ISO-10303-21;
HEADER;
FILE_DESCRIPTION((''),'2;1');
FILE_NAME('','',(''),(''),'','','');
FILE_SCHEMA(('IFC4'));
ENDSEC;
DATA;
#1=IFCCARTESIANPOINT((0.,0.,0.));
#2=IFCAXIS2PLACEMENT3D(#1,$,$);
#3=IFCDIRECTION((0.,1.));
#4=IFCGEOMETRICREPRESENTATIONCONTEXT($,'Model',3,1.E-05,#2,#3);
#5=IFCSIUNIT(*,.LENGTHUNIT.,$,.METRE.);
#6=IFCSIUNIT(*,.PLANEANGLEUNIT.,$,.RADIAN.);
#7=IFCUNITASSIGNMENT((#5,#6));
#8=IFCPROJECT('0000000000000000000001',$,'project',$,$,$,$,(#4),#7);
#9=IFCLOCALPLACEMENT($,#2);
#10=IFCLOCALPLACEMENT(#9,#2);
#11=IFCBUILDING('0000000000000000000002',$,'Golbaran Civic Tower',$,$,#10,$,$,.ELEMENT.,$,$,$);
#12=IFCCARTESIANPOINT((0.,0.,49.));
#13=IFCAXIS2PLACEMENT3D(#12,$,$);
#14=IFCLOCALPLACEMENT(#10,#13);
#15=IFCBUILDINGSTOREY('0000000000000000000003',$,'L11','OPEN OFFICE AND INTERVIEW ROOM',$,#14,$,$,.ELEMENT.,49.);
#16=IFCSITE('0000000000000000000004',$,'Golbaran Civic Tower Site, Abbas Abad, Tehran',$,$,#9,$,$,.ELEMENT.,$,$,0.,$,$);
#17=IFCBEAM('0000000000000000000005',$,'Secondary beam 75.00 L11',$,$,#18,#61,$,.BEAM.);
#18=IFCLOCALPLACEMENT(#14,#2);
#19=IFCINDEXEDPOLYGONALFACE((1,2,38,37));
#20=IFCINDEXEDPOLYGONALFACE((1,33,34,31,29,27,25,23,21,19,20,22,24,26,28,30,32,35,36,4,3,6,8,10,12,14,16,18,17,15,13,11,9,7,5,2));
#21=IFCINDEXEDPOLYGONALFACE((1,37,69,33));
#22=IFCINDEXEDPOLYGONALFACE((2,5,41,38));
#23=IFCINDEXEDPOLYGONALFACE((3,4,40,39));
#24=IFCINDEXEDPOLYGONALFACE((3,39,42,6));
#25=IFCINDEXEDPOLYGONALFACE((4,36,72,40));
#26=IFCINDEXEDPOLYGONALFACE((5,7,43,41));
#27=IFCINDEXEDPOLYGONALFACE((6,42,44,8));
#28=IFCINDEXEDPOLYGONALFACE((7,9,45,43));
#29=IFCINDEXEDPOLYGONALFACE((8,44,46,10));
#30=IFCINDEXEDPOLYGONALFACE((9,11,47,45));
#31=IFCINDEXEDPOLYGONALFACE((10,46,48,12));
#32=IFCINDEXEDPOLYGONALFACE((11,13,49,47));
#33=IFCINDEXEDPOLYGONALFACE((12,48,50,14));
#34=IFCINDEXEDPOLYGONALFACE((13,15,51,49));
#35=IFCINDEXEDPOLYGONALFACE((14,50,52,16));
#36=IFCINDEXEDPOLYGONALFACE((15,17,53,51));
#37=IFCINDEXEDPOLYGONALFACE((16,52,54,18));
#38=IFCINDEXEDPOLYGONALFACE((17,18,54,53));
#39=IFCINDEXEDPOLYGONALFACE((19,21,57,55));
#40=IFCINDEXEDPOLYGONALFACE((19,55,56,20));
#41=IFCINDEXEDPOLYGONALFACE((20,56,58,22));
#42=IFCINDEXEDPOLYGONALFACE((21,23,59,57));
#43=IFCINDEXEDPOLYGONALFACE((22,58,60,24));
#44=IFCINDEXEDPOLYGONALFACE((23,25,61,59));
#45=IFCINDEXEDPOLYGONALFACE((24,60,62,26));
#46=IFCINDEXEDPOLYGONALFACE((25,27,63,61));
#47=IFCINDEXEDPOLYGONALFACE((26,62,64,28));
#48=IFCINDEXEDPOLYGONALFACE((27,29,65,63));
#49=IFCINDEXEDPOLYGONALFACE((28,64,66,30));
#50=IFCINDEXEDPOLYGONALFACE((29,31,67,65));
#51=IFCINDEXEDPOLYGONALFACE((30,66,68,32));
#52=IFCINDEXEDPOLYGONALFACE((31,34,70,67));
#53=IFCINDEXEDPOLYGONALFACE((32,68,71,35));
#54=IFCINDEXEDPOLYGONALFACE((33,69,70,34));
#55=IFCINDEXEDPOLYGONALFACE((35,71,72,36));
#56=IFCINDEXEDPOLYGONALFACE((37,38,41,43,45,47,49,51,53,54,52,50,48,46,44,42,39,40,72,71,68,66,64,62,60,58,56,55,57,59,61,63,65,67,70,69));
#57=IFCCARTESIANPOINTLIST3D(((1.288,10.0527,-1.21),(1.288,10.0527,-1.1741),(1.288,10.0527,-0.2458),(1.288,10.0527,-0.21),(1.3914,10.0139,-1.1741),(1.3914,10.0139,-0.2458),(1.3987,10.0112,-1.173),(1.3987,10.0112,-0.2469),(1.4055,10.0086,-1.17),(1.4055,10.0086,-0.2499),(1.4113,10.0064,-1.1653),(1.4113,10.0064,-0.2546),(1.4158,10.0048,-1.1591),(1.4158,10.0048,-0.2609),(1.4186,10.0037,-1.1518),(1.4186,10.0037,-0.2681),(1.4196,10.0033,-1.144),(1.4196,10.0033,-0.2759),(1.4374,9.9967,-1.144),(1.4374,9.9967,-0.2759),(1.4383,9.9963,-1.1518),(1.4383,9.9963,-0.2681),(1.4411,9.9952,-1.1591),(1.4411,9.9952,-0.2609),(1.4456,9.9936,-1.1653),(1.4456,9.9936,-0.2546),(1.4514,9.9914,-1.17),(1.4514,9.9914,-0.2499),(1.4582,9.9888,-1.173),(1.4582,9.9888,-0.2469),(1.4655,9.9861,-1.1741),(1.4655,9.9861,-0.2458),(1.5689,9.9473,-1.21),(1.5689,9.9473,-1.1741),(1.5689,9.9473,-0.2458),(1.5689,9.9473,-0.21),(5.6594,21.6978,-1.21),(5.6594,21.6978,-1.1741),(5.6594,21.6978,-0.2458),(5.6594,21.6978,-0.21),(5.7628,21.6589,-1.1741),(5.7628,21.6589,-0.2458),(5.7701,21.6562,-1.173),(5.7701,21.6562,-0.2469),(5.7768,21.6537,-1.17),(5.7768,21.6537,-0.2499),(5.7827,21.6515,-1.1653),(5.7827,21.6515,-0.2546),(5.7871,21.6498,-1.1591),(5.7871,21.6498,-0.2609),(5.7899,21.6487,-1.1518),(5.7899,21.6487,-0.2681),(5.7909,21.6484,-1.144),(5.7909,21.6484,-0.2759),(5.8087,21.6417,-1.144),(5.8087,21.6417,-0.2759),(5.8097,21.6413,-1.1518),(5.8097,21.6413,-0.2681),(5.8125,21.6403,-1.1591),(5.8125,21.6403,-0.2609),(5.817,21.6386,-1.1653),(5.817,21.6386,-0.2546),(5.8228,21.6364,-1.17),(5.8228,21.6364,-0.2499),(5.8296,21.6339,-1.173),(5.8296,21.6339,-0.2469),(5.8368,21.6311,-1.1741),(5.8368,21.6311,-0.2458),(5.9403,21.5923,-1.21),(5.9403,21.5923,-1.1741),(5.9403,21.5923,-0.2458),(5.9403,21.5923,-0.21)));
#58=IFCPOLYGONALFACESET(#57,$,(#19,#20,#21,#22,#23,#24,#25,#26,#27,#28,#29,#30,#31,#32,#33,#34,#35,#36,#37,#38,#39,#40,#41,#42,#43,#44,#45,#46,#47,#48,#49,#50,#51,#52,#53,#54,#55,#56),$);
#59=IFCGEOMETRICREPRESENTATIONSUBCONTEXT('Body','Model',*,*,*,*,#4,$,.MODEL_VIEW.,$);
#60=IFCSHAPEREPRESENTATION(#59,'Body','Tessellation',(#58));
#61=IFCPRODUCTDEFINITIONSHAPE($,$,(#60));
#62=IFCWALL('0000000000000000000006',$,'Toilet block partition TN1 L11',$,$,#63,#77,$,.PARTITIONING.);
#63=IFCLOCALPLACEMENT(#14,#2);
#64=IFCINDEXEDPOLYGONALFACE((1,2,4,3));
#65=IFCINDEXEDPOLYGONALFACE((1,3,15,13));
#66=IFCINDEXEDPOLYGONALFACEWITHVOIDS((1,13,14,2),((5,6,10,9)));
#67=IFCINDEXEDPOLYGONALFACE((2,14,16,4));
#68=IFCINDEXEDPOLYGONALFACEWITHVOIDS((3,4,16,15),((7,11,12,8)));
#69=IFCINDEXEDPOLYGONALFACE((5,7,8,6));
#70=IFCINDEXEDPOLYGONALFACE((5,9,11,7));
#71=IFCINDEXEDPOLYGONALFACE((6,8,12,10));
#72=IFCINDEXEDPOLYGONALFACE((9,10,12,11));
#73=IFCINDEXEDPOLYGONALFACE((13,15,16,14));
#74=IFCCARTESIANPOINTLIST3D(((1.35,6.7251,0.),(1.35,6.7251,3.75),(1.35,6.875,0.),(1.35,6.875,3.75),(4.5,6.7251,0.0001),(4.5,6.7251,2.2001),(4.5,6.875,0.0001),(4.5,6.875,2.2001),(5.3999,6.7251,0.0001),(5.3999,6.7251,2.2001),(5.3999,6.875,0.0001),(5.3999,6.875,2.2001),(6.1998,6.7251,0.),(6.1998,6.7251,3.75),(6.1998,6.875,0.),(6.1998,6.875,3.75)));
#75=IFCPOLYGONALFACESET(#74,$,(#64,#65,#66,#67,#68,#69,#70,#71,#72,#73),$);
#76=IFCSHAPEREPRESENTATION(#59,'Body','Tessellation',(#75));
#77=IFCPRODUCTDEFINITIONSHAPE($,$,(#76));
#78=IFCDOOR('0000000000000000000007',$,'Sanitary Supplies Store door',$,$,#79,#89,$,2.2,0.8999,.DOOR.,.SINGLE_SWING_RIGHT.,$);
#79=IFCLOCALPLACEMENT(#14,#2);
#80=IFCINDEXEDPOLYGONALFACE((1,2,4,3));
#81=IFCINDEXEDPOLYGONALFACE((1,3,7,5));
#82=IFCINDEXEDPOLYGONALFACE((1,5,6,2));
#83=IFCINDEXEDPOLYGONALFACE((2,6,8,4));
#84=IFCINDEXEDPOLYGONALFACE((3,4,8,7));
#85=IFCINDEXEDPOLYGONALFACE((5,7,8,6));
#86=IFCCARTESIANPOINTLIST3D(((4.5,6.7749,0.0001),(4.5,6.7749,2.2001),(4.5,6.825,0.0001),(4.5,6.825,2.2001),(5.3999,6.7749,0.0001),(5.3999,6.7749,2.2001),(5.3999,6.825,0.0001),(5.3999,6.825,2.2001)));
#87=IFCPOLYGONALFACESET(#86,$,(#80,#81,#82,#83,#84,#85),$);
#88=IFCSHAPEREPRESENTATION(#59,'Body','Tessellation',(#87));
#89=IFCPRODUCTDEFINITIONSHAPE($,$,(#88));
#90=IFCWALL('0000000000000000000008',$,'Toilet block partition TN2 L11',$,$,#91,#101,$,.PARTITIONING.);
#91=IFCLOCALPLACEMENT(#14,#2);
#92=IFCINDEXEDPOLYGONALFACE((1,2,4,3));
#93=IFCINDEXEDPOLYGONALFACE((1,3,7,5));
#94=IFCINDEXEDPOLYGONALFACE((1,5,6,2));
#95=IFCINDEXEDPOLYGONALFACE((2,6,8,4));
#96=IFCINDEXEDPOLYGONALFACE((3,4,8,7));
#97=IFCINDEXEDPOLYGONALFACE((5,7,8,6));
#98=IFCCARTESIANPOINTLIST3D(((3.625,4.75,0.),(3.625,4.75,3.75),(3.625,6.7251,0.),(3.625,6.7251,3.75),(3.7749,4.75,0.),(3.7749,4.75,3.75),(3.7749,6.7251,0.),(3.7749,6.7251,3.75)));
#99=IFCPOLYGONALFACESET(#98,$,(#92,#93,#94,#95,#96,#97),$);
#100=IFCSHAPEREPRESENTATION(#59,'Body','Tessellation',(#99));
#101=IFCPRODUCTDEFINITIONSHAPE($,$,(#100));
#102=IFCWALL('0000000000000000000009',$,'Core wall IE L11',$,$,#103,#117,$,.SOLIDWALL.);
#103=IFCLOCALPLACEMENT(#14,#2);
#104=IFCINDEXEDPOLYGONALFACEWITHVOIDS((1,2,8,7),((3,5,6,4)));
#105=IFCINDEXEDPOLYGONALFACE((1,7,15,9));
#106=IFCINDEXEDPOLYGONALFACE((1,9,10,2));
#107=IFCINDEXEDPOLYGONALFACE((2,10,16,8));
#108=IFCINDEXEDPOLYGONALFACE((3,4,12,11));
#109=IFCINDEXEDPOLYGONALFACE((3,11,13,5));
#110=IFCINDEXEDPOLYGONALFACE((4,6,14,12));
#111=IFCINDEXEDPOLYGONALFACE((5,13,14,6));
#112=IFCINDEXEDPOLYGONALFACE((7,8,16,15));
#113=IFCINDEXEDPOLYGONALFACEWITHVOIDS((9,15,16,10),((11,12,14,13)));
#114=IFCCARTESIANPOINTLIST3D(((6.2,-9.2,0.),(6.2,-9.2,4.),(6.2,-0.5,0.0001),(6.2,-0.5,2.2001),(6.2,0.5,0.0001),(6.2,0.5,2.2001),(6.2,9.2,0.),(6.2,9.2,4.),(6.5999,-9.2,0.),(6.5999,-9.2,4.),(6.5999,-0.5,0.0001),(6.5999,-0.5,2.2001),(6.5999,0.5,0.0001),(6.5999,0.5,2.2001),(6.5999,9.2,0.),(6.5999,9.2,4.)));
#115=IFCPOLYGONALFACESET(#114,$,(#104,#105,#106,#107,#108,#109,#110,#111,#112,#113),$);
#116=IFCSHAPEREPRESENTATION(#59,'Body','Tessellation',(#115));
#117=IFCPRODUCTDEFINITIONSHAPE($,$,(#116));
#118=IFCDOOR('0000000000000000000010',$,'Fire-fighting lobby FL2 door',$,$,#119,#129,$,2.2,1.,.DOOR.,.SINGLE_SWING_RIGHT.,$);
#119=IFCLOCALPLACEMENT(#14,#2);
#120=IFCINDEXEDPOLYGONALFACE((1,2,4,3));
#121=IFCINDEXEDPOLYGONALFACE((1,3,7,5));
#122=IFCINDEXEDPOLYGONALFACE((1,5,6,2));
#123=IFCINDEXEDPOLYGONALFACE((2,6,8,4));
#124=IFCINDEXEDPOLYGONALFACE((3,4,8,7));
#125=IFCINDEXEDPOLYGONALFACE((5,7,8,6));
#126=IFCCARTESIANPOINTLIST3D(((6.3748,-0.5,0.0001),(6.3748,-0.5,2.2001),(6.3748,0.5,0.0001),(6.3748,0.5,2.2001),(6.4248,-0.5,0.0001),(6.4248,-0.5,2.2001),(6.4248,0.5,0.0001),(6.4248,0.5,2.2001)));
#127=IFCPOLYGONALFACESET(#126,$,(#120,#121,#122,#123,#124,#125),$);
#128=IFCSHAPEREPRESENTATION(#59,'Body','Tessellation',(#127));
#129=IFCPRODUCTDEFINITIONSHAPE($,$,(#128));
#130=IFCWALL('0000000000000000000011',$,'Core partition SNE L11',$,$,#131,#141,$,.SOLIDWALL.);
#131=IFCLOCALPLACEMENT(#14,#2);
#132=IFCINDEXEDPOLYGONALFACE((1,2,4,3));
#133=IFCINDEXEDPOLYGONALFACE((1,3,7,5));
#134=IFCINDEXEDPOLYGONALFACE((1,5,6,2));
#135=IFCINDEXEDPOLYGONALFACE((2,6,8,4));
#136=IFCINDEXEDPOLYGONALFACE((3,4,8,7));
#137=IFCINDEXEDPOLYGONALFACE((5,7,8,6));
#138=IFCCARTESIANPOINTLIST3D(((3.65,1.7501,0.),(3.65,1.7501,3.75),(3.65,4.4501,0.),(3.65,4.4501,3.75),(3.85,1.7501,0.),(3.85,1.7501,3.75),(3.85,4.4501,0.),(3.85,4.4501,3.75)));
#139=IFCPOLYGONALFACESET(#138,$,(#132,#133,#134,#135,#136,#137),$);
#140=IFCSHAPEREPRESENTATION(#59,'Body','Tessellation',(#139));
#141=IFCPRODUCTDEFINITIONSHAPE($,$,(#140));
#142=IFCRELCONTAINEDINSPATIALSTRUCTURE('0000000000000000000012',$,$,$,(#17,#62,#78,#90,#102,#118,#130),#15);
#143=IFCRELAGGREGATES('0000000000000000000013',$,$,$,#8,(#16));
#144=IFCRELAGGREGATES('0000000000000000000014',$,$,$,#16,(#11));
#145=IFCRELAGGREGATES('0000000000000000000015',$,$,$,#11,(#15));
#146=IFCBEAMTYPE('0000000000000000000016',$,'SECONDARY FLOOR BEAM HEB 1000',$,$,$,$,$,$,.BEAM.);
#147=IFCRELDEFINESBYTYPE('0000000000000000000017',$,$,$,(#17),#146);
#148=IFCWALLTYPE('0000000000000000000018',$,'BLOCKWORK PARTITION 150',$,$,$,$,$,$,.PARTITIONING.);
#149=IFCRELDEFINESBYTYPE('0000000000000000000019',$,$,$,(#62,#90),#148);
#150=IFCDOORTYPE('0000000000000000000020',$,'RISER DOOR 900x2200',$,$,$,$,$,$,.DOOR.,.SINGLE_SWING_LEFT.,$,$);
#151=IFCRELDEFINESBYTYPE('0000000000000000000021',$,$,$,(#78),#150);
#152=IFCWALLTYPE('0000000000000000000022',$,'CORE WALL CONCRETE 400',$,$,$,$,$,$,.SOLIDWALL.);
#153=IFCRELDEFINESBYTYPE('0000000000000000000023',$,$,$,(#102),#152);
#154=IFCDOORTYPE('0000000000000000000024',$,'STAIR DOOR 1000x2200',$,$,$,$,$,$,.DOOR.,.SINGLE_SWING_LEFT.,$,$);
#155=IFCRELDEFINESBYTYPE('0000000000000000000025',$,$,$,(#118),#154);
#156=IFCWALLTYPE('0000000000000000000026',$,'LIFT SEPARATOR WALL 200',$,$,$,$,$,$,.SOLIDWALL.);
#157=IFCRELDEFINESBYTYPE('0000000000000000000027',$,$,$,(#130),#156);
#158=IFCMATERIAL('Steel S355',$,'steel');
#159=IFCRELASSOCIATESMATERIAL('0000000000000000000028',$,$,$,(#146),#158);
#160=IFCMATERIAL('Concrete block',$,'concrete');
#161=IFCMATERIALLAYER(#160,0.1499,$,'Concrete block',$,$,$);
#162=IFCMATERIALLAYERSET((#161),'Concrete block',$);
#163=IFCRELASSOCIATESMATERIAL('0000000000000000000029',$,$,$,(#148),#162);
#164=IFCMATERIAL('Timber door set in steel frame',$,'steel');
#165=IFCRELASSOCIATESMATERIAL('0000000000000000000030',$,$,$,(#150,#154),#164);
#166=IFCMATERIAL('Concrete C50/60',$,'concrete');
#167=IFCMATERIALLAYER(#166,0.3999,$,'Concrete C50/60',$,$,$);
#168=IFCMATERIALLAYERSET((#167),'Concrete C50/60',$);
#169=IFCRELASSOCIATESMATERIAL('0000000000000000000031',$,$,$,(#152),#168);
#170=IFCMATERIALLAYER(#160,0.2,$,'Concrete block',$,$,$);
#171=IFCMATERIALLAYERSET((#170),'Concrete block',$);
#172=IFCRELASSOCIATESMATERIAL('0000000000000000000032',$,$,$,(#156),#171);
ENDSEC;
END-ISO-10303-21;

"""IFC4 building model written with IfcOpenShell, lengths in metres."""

from ifc_helpers import new_model, si_unit, direction, frame, frame_2d, origin, origin_2d, place, context, subcontext, project, spatial, rectangle, i_section, extrude, material, layer, layer_set, material_profile, profile_set, type_object, element, fill, save


model = new_model("IFC4")

# Units and contexts
model_context = context("Model", 3, precision=1e-05, world=origin(), true_north=direction((0.0, 1.0)))
body_context = subcontext(model_context, "Body", "Model", "MODEL_VIEW")
ifc_project = project(units=[si_unit("LENGTHUNIT", "METRE"), si_unit("PLANEANGLEUNIT", "RADIAN")], contexts=[model_context])

# Site, building, storey
site_placement = place(None, origin())
site = spatial("IfcSite", under=ifc_project, at=site_placement, Name="Golbaran Civic Tower Site, Abbas Abad, Tehran", CompositionType="ELEMENT", RefElevation=0.0)
building_placement = place(site_placement, origin())
building = spatial("IfcBuilding", under=site, at=building_placement, Name="Golbaran Civic Tower", CompositionType="ELEMENT")
storey_placement = place(building_placement, frame((0.0, 0.0, 49.0)))
storey = spatial("IfcBuildingStorey", under=building, at=storey_placement, Name="L11", Description="OPEN OFFICE AND INTERVIEW ROOM", CompositionType="ELEMENT", Elevation=49.0)

# Beam
ifc_material_1 = material(Name="Steel S355", Category="steel")
ifc_material_profile = material_profile(ifc_material_1, i_section(OverallWidth=0.3, OverallDepth=1.0, WebThickness=0.019, FlangeThickness=0.0359, FilletRadius=0.03, at=origin_2d()), Name="HEB 1000")
ifc_profile_set = profile_set([ifc_material_profile], Name="Steel S355")
beam_type = type_object("IfcBeamType", Name="SECONDARY FLOOR BEAM HEB 1000", PredefinedType="BEAM", material=ifc_profile_set)
beam_placement = place(storey_placement, frame((1.4285, 10.0, -0.71), z_axis=(0.351437, 0.936211, 0.0), x_axis=(-0.936211, 0.351437, 0.0)))
element("IfcBeam", 1, at=beam_placement, inside=storey, type_object=beam_type, Name="Secondary beam 75.00 L11", PredefinedType="BEAM", context=body_context, shape_type="SweptSolid", body=[
    extrude(i_section(OverallWidth=0.3, OverallDepth=1.0, WebThickness=0.019, FlangeThickness=0.0359, FilletRadius=0.03, at=origin_2d()), origin(), (0.0, 0.0, 1.0), 12.4385),
])

# Wall, opening, door
ifc_material_2 = material(Name="Concrete block", Category="concrete")
ifc_layer_1 = layer(ifc_material_2, 0.1499, Name="Concrete block")
ifc_layer_set_1 = layer_set([ifc_layer_1], Name="Concrete block")
wall_type_1 = type_object("IfcWallType", Name="BLOCKWORK PARTITION 150", PredefinedType="PARTITIONING", material=ifc_layer_set_1)
wall_1_placement = place(storey_placement, frame((1.3501, 6.8, 0.0), z_axis=(0.0, 0.0, 1.0), x_axis=(1.0, 0.0, 0.0)))
wall_1 = element("IfcWall", 2, at=wall_1_placement, inside=storey, type_object=wall_type_1, Name="Toilet block partition TN1 L11", PredefinedType="PARTITIONING", context=body_context, shape_type="SweptSolid", body=[
    extrude(rectangle(XDim=4.8499, YDim=0.1499, at=frame_2d((2.4248, 0.0))), origin(), (0.0, 0.0, 1.0), 3.75),
])
opening_1_placement = place(wall_1_placement, frame((3.1499, 0.0, 0.0)))
opening_1 = element("IfcOpeningElement", 3, at=opening_1_placement, cuts=wall_1, PredefinedType="OPENING", context=body_context, shape_type="SweptSolid", body=[
    extrude(rectangle(XDim=0.8999, YDim=2.2, at=frame_2d((0.45, 1.1001))), frame((0.0, 0.085, 0.0), z_axis=(0.0, -1.0, 0.0), x_axis=(1.0, 0.0, 0.0)), (0.0, 0.0, 1.0), 0.1699),
])
ifc_material_3 = material(Name="Timber door set in steel frame", Category="steel")
door_type_1 = type_object("IfcDoorType", Name="RISER DOOR 900x2200", OperationType="SINGLE_SWING_LEFT", PredefinedType="DOOR", material=ifc_material_3)
door_1_placement = place(opening_1_placement, origin())
door_1 = element("IfcDoor", 4, at=door_1_placement, inside=storey, type_object=door_type_1, Name="Sanitary Supplies Store door", OperationType="SINGLE_SWING_RIGHT", OverallHeight=2.2, OverallWidth=0.8999, PredefinedType="DOOR", context=body_context, shape_type="SweptSolid", body=[
    extrude(rectangle(XDim=0.8999, YDim=2.2, at=frame_2d((0.45, 1.1001))), frame((0.0, 0.0249, 0.0), z_axis=(0.0, -1.0, 0.0), x_axis=(1.0, 0.0, 0.0)), (0.0, 0.0, 1.0), 0.05),
])
fill(opening_1, door_1)

# Wall
wall_2_placement = place(storey_placement, frame((3.7, 4.75, 0.0), z_axis=(0.0, 0.0, 1.0), x_axis=(0.0, 1.0, 0.0)))
element("IfcWall", 5, at=wall_2_placement, inside=storey, type_object=wall_type_1, Name="Toilet block partition TN2 L11", PredefinedType="PARTITIONING", context=body_context, shape_type="SweptSolid", body=[
    extrude(rectangle(XDim=1.9751, YDim=0.1499, at=frame_2d((0.9875, 0.0))), origin(), (0.0, 0.0, 1.0), 3.75),
])

# Wall, opening, door
ifc_material_4 = material(Name="Concrete C50/60", Category="concrete")
ifc_layer_2 = layer(ifc_material_4, 0.3999, Name="Concrete C50/60")
ifc_layer_set_2 = layer_set([ifc_layer_2], Name="Concrete C50/60")
wall_type_2 = type_object("IfcWallType", Name="CORE WALL CONCRETE 400", PredefinedType="SOLIDWALL", material=ifc_layer_set_2)
wall_3_placement = place(storey_placement, frame((6.3999, 9.2, 0.0), z_axis=(0.0, 0.0, 1.0), x_axis=(0.0, -1.0, 0.0)))
wall_3 = element("IfcWall", 6, at=wall_3_placement, inside=storey, type_object=wall_type_2, Name="Core wall IE L11", PredefinedType="SOLIDWALL", context=body_context, shape_type="SweptSolid", body=[
    extrude(rectangle(XDim=18.3999, YDim=0.3999, at=frame_2d((9.2, 0.0))), origin(), (0.0, 0.0, 1.0), 4.0),
])
opening_2_placement = place(wall_3_placement, frame((8.7, 0.0, 0.0)))
opening_2 = element("IfcOpeningElement", 7, at=opening_2_placement, cuts=wall_3, PredefinedType="OPENING", context=body_context, shape_type="SweptSolid", body=[
    extrude(rectangle(XDim=1.0, YDim=2.2, at=frame_2d((0.5, 1.1001))), frame((0.0, 0.21, 0.0), z_axis=(0.0, -1.0, 0.0), x_axis=(1.0, 0.0, 0.0)), (0.0, 0.0, 1.0), 0.4199),
])
door_type_2 = type_object("IfcDoorType", Name="STAIR DOOR 1000x2200", OperationType="SINGLE_SWING_LEFT", PredefinedType="DOOR", material=ifc_material_3)
door_2_placement = place(opening_2_placement, origin())
door_2 = element("IfcDoor", 8, at=door_2_placement, inside=storey, type_object=door_type_2, Name="Fire-fighting lobby FL2 door", OperationType="SINGLE_SWING_RIGHT", OverallHeight=2.2, OverallWidth=1.0, PredefinedType="DOOR", context=body_context, shape_type="SweptSolid", body=[
    extrude(rectangle(XDim=1.0, YDim=2.2, at=frame_2d((0.5, 1.1001))), frame((0.0, 0.0249, 0.0), z_axis=(0.0, -1.0, 0.0), x_axis=(1.0, 0.0, 0.0)), (0.0, 0.0, 1.0), 0.05),
])
fill(opening_2, door_2)

# Wall
ifc_layer_3 = layer(ifc_material_2, 0.2, Name="Concrete block")
ifc_layer_set_3 = layer_set([ifc_layer_3], Name="Concrete block")
wall_type_3 = type_object("IfcWallType", Name="LIFT SEPARATOR WALL 200", PredefinedType="SOLIDWALL", material=ifc_layer_set_3)
wall_4_placement = place(storey_placement, frame((3.75, 1.75, 0.0), z_axis=(0.0, 0.0, 1.0), x_axis=(0.0, 1.0, 0.0)))
element("IfcWall", 9, at=wall_4_placement, inside=storey, type_object=wall_type_3, Name="Core partition SNE L11", PredefinedType="SOLIDWALL", context=body_context, shape_type="SweptSolid", body=[
    extrude(rectangle(XDim=2.7, YDim=0.2, at=frame_2d((1.3501, 0.0))), origin(), (0.0, 0.0, 1.0), 3.75),
])

save(model, "model.ifc")
